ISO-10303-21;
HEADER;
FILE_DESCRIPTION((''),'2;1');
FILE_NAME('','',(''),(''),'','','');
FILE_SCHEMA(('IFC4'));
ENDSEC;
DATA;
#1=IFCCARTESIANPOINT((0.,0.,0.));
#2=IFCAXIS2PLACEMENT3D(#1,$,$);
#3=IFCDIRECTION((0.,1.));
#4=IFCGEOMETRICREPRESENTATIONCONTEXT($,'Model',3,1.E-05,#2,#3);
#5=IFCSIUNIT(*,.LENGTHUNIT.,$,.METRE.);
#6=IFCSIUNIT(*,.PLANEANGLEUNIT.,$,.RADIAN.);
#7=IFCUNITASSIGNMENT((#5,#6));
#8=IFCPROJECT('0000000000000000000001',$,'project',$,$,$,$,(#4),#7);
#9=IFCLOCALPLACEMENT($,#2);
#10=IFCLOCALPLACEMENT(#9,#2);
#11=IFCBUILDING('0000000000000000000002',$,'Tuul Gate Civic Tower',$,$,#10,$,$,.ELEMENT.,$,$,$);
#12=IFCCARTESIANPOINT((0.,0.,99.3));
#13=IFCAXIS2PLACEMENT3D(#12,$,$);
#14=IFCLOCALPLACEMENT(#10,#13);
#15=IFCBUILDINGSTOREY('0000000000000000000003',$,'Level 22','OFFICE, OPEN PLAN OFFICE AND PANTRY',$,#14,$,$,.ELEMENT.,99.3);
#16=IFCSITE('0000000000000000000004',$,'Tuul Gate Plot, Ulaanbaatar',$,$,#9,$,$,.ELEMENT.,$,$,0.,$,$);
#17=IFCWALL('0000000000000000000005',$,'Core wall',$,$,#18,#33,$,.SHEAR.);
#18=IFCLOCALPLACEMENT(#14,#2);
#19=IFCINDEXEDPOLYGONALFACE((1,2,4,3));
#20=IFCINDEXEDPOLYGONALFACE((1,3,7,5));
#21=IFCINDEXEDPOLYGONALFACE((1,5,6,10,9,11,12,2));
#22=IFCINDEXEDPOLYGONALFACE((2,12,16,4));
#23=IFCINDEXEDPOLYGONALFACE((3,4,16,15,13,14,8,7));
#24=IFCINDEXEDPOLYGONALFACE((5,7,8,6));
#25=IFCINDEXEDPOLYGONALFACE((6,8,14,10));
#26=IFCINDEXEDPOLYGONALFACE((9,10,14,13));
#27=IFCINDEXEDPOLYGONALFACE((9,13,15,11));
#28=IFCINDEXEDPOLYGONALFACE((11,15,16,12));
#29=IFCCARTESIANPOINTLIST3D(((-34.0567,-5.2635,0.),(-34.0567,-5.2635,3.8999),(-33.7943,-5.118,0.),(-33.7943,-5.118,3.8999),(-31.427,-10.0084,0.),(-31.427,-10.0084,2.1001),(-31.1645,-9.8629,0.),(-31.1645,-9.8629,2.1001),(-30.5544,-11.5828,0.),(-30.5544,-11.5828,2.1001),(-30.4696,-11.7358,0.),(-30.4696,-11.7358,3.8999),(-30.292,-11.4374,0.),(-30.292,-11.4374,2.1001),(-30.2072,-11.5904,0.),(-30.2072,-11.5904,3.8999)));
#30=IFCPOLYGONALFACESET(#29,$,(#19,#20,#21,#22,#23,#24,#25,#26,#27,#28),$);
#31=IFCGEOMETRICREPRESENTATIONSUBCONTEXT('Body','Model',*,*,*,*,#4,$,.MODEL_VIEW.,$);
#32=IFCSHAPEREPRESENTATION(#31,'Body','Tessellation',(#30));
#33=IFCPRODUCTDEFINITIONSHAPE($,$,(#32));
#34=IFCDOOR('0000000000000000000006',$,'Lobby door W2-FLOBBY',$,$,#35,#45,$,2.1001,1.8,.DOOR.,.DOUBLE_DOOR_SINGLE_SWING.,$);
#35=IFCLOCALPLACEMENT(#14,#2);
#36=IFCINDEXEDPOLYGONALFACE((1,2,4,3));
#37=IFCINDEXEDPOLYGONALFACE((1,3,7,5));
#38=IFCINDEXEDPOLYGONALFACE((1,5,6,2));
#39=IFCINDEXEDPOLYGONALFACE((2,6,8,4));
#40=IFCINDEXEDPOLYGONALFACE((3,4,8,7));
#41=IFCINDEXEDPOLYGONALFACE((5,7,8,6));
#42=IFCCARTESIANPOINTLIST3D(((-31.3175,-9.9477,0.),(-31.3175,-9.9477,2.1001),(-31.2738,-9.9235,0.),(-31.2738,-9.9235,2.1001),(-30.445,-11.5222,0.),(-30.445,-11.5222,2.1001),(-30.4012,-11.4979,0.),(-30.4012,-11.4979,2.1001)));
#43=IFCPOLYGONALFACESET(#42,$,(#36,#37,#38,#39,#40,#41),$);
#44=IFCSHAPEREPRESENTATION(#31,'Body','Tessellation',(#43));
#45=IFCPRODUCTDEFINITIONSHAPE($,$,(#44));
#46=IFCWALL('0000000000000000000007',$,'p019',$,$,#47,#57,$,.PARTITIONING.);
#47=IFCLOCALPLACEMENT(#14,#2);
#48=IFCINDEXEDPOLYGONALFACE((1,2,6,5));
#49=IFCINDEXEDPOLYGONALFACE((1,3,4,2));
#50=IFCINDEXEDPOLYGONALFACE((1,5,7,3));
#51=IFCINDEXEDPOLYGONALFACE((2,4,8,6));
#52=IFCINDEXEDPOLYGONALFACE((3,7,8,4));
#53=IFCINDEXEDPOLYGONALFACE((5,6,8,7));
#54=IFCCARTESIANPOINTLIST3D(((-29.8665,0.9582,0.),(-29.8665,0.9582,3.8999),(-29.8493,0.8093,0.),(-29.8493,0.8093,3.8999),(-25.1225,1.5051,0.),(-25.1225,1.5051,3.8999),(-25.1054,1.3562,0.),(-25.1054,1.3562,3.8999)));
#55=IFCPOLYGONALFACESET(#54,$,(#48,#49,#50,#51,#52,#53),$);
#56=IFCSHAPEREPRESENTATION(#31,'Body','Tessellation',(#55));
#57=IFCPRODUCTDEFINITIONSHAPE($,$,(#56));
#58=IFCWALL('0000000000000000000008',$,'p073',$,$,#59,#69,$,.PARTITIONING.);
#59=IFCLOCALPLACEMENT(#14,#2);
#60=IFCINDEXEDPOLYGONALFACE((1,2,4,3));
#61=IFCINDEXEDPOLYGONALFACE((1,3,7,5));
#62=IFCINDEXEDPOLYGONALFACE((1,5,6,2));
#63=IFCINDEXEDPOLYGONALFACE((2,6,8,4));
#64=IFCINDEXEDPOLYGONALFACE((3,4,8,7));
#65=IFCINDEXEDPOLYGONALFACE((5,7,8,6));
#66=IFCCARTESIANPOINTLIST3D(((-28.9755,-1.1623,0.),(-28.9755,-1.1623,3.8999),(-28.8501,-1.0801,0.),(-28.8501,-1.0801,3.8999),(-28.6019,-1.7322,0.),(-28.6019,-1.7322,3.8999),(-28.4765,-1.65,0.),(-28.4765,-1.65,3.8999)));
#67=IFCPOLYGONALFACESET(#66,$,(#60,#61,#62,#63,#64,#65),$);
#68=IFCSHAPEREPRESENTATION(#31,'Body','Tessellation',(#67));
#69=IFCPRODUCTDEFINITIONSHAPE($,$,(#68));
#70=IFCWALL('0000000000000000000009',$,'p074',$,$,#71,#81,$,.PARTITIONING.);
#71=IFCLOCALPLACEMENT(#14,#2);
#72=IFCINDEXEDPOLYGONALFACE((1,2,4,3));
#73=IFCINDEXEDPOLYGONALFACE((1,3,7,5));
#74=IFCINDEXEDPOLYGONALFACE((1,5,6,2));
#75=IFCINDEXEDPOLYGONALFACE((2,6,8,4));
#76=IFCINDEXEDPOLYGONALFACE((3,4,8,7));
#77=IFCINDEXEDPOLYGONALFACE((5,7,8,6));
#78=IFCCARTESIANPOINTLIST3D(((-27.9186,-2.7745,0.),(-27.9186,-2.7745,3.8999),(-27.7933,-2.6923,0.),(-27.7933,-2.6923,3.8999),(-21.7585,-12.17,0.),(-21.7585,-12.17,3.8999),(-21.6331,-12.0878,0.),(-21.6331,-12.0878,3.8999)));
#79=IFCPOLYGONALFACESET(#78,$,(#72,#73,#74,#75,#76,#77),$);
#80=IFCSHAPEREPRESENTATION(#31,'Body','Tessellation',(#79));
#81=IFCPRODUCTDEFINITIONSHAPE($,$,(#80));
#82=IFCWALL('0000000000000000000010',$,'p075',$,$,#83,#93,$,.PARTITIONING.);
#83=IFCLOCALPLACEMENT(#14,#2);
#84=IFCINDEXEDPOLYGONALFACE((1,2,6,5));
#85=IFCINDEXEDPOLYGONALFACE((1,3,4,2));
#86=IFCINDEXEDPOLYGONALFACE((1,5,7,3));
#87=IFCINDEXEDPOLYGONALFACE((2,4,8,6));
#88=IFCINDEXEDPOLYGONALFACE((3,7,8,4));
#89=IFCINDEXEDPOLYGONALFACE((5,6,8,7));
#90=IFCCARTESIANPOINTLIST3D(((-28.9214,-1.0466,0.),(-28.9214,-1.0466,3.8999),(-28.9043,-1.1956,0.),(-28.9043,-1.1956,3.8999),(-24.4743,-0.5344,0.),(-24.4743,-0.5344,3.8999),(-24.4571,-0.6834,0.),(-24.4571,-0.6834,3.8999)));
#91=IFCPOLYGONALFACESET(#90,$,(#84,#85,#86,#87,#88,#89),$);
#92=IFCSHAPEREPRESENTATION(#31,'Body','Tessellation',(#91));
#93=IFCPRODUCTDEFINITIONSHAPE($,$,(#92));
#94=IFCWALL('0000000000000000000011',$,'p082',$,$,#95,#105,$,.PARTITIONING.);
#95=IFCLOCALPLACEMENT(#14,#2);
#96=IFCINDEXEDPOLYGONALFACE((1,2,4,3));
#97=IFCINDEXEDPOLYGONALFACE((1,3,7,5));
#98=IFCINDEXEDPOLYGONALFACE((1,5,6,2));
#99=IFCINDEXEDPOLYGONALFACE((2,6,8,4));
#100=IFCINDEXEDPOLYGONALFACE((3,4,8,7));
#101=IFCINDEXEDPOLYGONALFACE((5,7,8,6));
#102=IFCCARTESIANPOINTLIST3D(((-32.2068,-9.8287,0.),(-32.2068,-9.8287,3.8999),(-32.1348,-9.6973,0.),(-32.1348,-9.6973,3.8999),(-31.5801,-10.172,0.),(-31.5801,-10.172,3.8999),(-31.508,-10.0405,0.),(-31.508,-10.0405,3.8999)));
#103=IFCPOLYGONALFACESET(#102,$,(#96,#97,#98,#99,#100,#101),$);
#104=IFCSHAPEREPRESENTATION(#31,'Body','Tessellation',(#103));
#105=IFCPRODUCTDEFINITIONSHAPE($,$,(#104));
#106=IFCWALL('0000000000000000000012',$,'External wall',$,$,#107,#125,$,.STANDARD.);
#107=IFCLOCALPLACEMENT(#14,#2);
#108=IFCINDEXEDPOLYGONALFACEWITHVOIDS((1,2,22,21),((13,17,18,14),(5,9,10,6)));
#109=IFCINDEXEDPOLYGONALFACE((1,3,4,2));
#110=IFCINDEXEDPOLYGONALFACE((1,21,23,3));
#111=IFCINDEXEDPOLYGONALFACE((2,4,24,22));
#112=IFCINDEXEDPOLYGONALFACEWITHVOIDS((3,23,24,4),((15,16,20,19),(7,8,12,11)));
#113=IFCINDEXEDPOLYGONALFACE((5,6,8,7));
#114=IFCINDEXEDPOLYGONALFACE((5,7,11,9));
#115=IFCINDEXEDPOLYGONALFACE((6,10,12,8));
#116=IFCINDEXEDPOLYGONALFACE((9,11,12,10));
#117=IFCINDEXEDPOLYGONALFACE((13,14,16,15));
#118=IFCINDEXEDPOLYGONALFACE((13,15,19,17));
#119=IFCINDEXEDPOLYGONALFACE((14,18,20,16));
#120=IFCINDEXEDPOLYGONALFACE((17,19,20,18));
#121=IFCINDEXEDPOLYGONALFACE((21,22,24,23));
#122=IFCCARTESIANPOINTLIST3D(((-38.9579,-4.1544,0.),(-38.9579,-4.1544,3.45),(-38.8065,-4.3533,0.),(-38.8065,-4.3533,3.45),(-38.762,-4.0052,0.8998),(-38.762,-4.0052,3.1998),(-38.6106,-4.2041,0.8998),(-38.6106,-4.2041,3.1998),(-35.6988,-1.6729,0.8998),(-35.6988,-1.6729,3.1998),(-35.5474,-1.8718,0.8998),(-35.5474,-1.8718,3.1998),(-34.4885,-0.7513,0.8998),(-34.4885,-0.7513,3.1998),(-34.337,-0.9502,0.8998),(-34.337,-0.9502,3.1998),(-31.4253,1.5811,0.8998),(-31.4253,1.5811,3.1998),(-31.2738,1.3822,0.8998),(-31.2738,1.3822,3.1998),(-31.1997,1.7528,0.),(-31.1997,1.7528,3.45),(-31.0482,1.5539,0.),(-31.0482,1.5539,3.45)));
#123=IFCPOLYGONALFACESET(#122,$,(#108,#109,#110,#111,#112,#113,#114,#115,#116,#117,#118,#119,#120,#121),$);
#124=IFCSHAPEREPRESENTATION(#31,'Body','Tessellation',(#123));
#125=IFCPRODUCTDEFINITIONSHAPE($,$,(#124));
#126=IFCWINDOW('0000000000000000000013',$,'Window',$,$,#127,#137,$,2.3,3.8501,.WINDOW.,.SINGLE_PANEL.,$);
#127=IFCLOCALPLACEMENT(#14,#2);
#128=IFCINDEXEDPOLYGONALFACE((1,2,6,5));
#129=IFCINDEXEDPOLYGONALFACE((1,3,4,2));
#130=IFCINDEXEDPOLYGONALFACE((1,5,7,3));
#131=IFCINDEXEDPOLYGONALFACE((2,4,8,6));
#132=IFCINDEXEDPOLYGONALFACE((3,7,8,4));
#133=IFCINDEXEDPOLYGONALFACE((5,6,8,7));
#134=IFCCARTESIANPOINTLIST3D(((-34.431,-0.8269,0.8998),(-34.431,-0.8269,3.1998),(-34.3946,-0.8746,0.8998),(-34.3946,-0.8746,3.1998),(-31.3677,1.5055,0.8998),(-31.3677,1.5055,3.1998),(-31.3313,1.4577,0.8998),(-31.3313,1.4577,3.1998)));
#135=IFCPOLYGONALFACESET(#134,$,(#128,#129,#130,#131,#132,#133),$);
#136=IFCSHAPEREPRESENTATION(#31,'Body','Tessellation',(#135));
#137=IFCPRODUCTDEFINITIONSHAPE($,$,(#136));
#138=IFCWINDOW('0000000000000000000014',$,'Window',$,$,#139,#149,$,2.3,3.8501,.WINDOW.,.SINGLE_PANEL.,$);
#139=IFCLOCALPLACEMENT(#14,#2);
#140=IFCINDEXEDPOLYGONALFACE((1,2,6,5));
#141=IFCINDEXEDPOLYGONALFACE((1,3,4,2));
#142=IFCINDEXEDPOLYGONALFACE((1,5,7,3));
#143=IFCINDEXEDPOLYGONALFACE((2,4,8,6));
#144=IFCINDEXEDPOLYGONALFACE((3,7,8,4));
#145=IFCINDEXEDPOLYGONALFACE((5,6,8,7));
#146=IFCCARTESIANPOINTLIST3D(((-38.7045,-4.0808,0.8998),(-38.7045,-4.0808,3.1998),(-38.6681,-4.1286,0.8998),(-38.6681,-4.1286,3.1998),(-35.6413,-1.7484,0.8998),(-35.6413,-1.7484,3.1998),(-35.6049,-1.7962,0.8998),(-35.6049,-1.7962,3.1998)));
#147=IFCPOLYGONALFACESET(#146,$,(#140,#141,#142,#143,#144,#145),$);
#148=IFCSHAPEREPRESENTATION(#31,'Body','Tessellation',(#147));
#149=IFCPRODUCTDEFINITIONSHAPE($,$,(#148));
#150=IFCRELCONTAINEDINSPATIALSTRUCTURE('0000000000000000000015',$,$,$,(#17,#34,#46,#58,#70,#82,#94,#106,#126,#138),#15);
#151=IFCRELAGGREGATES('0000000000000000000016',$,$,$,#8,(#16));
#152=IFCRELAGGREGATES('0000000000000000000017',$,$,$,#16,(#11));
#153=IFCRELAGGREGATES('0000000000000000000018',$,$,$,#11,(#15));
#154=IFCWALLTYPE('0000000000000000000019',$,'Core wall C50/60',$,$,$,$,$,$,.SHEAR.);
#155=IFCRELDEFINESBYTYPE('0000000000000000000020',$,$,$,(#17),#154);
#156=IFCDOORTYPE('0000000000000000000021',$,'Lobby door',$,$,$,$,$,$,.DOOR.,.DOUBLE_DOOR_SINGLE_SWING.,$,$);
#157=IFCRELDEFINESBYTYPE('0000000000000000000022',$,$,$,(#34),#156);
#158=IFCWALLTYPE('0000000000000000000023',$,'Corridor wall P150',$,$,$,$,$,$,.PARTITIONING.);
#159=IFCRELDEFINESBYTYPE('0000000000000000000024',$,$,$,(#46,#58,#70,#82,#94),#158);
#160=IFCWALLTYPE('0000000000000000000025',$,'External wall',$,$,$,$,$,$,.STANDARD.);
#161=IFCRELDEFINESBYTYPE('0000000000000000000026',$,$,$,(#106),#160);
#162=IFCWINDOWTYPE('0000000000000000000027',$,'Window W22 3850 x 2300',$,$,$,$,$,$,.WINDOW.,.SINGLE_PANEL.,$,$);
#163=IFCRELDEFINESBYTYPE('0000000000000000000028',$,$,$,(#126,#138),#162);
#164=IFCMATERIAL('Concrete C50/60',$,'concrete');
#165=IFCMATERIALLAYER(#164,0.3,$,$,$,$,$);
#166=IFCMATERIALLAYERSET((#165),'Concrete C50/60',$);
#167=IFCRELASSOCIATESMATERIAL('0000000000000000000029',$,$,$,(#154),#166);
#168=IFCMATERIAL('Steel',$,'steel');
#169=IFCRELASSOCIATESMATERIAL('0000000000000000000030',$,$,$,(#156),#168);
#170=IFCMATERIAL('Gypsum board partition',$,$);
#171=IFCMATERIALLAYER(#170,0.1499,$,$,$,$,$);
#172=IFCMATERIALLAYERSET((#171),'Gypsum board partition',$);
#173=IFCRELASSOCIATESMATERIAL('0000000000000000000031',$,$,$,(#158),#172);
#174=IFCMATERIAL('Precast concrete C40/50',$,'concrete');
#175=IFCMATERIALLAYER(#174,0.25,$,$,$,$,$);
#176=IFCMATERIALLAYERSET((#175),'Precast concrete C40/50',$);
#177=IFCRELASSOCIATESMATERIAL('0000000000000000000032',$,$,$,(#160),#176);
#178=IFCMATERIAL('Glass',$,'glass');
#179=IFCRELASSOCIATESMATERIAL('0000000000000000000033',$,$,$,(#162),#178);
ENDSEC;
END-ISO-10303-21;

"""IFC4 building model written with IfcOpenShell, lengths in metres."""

from ifc_helpers import new_model, si_unit, direction, frame, frame_2d, origin, place, context, subcontext, project, spatial, rectangle, extrude, material, layer, layer_set, type_object, element, fill, save


model = new_model("IFC4")

# Units and contexts
model_context = context("Model", 3, precision=1e-05, world=origin(), true_north=direction((0.0, 1.0)))
body_context = subcontext(model_context, "Body", "Model", "MODEL_VIEW")
ifc_project = project(units=[si_unit("LENGTHUNIT", "METRE"), si_unit("PLANEANGLEUNIT", "RADIAN")], contexts=[model_context])

# Site, building, storey
site_placement = place(None, origin())
site = spatial("IfcSite", under=ifc_project, at=site_placement, Name="Tuul Gate Plot, Ulaanbaatar", CompositionType="ELEMENT", RefElevation=0.0)
building_placement = place(site_placement, origin())
building = spatial("IfcBuilding", under=site, at=building_placement, Name="Tuul Gate Civic Tower", CompositionType="ELEMENT")
storey_placement = place(building_placement, frame((0.0, 0.0, 99.3)))
storey = spatial("IfcBuildingStorey", under=building, at=storey_placement, Name="Level 22", Description="OFFICE, OPEN PLAN OFFICE AND PANTRY", CompositionType="ELEMENT", Elevation=99.3)

# Shared definitions
ifc_material_1 = material(Name="Concrete C50/60", Category="concrete")
ifc_layer_1 = layer(ifc_material_1, 0.3)
ifc_layer_set_1 = layer_set([ifc_layer_1], Name="Concrete C50/60")
wall_type_1 = type_object("IfcWallType", Name="Core wall C50/60", PredefinedType="SHEAR", material=ifc_layer_set_1)

# Wall, opening, door
wall_1_placement = place(storey_placement, frame((-30.3384, -11.6631, 0.0), z_axis=(0.0, 0.0, 1.0), x_axis=(-0.484752, 0.874652, 0.0)))
wall_1 = element("IfcWall", 1, at=wall_1_placement, inside=storey, type_object=wall_type_1, Name="Core wall", PredefinedType="SHEAR", context=body_context, shape_type="SweptSolid", body=[
    extrude(rectangle(XDim=7.3999, YDim=0.3, at=frame_2d((3.7, 0.0))), origin(), (0.0, 0.0, 1.0), 3.8999),
])
opening_1_placement = place(wall_1_placement, frame((0.175, 0.0, 0.0)))
opening_1 = element("IfcOpeningElement", 2, at=opening_1_placement, cuts=wall_1, PredefinedType="OPENING", context=body_context, shape_type="SweptSolid", body=[
    extrude(rectangle(XDim=1.8, YDim=2.1001, at=frame_2d((0.8999, 1.05))), frame((0.0, 0.1602, 0.0), z_axis=(0.0, -1.0, 0.0), x_axis=(1.0, 0.0, 0.0)), (0.0, 0.0, 1.0), 0.3201),
])
ifc_material_2 = material(Name="Steel", Category="steel")
door_type_1 = type_object("IfcDoorType", Name="Lobby door", OperationType="DOUBLE_DOOR_SINGLE_SWING", PredefinedType="DOOR", material=ifc_material_2)
door_1_placement = place(opening_1_placement, origin())
door_1 = element("IfcDoor", 3, at=door_1_placement, inside=storey, type_object=door_type_1, Name="Lobby door W2-FLOBBY", OperationType="DOUBLE_DOOR_SINGLE_SWING", OverallHeight=2.1001, OverallWidth=1.8, PredefinedType="DOOR", context=body_context, shape_type="SweptSolid", body=[
    extrude(rectangle(XDim=1.8, YDim=2.1001, at=frame_2d((0.8999, 1.05))), frame((0.0, 0.0249, 0.0), z_axis=(0.0, -1.0, 0.0), x_axis=(1.0, 0.0, 0.0)), (0.0, 0.0, 1.0), 0.05),
])
fill(opening_1, door_1)

# Walls
ifc_material_3 = material(Name="Gypsum board partition")
ifc_layer_2 = layer(ifc_material_3, 0.1499)
ifc_layer_set_2 = layer_set([ifc_layer_2], Name="Gypsum board partition")
wall_type_2 = type_object("IfcWallType", Name="Corridor wall P150", PredefinedType="PARTITIONING", material=ifc_layer_set_2)
wall_2_placement = place(storey_placement, frame((-29.8579, 0.8838, 0.0), z_axis=(0.0, 0.0, 1.0), x_axis=(0.993421, 0.114521, 0.0)))
element("IfcWall", 4, at=wall_2_placement, inside=storey, type_object=wall_type_2, Name="p019", PredefinedType="PARTITIONING", context=body_context, shape_type="SweptSolid", body=[
    extrude(rectangle(XDim=4.7754, YDim=0.1499, at=frame_2d((2.3877, 0.0))), origin(), (0.0, 0.0, 1.0), 3.8999),
])
wall_3_placement = place(storey_placement, frame((-28.9128, -1.1211, 0.0), z_axis=(0.0, 0.0, 1.0), x_axis=(0.548234, -0.836325, 0.0)))
element("IfcWall", 5, at=wall_3_placement, inside=storey, type_object=wall_type_2, Name="p073", PredefinedType="PARTITIONING", context=body_context, shape_type="SweptSolid", body=[
    extrude(rectangle(XDim=0.6814, YDim=0.1499, at=frame_2d((0.3408, 0.0))), origin(), (0.0, 0.0, 1.0), 3.8999),
])
wall_4_placement = place(storey_placement, frame((-27.856, -2.7334, 0.0), z_axis=(0.0, 0.0, 1.0), x_axis=(0.548305, -0.836278, 0.0)))
element("IfcWall", 6, at=wall_4_placement, inside=storey, type_object=wall_type_2, Name="p074", PredefinedType="PARTITIONING", context=body_context, shape_type="SweptSolid", body=[
    extrude(rectangle(XDim=11.2349, YDim=0.1499, at=frame_2d((5.6174, 0.0))), origin(), (0.0, 0.0, 1.0), 3.8999),
])
wall_5_placement = place(storey_placement, frame((-28.9128, -1.1211, 0.0), z_axis=(0.0, 0.0, 1.0), x_axis=(0.993433, 0.114417, 0.0)))
element("IfcWall", 7, at=wall_5_placement, inside=storey, type_object=wall_type_2, Name="p075", PredefinedType="PARTITIONING", context=body_context, shape_type="SweptSolid", body=[
    extrude(rectangle(XDim=4.4766, YDim=0.1499, at=frame_2d((2.2383, 0.0))), origin(), (0.0, 0.0, 1.0), 3.8999),
])
wall_6_placement = place(storey_placement, frame((-32.1709, -9.7629, 0.0), z_axis=(0.0, 0.0, 1.0), x_axis=(0.877059, -0.480383, 0.0)))
element("IfcWall", 8, at=wall_6_placement, inside=storey, type_object=wall_type_2, Name="p082", PredefinedType="PARTITIONING", context=body_context, shape_type="SweptSolid", body=[
    extrude(rectangle(XDim=0.7146, YDim=0.1499, at=frame_2d((0.3574, 0.0))), origin(), (0.0, 0.0, 1.0), 3.8999),
])

# Wall, openings, windows
ifc_material_4 = material(Name="Precast concrete C40/50", Category="concrete")
ifc_layer_3 = layer(ifc_material_4, 0.25)
ifc_layer_set_3 = layer_set([ifc_layer_3], Name="Precast concrete C40/50")
wall_type_3 = type_object("IfcWallType", Name="External wall", PredefinedType="STANDARD", material=ifc_layer_set_3)
wall_7_placement = place(storey_placement, frame((-31.124, 1.6533, 0.0), z_axis=(0.0, 0.0, 1.0), x_axis=(-0.795622, -0.605793, 0.0)))
wall_7 = element("IfcWall", 9, at=wall_7_placement, inside=storey, type_object=wall_type_3, Name="External wall", PredefinedType="STANDARD", context=body_context, shape_type="SweptSolid", body=[
    extrude(rectangle(XDim=9.7512, YDim=0.25, at=frame_2d((4.8755, 0.0))), origin(), (0.0, 0.0, 1.0), 3.45),
])
opening_2_placement = place(wall_7_placement, frame((0.2834, 0.0, 0.8999)))
opening_2 = element("IfcOpeningElement", 10, at=opening_2_placement, cuts=wall_7, PredefinedType="OPENING", context=body_context, shape_type="SweptSolid", body=[
    extrude(rectangle(XDim=3.8501, YDim=2.3, at=frame_2d((1.925, 1.1499))), frame((0.0, 0.135, 0.0), z_axis=(0.0, -1.0, 0.0), x_axis=(1.0, 0.0, 0.0)), (0.0, 0.0, 1.0), 0.27),
])
opening_3_placement = place(wall_7_placement, frame((5.6548, 0.0, 0.8999)))
opening_3 = element("IfcOpeningElement", 11, at=opening_3_placement, cuts=wall_7, PredefinedType="OPENING", context=body_context, shape_type="SweptSolid", body=[
    extrude(rectangle(XDim=3.8501, YDim=2.3, at=frame_2d((1.925, 1.1499))), frame((0.0, 0.135, 0.0), z_axis=(0.0, -1.0, 0.0), x_axis=(1.0, 0.0, 0.0)), (0.0, 0.0, 1.0), 0.27),
])
ifc_material_5 = material(Name="Glass", Category="glass")
window_type = type_object("IfcWindowType", Name="Window W22 3850 x 2300", PartitioningType="SINGLE_PANEL", PredefinedType="WINDOW", material=ifc_material_5)
window_1_placement = place(opening_2_placement, origin())
window_1 = element("IfcWindow", 12, at=window_1_placement, inside=storey, type_object=window_type, Name="Window", OverallHeight=2.3, OverallWidth=3.8501, PartitioningType="SINGLE_PANEL", PredefinedType="WINDOW", context=body_context, shape_type="SweptSolid", body=[
    extrude(rectangle(XDim=3.8501, YDim=2.3, at=frame_2d((1.925, 1.1499))), frame((0.0, 0.03, 0.0), z_axis=(0.0, -1.0, 0.0), x_axis=(1.0, 0.0, 0.0)), (0.0, 0.0, 1.0), 0.0601),
])
fill(opening_2, window_1)
window_2_placement = place(opening_3_placement, origin())
window_2 = element("IfcWindow", 13, at=window_2_placement, inside=storey, type_object=window_type, Name="Window", OverallHeight=2.3, OverallWidth=3.8501, PartitioningType="SINGLE_PANEL", PredefinedType="WINDOW", context=body_context, shape_type="SweptSolid", body=[
    extrude(rectangle(XDim=3.8501, YDim=2.3, at=frame_2d((1.925, 1.1499))), frame((0.0, 0.03, 0.0), z_axis=(0.0, -1.0, 0.0), x_axis=(1.0, 0.0, 0.0)), (0.0, 0.0, 1.0), 0.0601),
])
fill(opening_3, window_2)

save(model, "model.ifc")
